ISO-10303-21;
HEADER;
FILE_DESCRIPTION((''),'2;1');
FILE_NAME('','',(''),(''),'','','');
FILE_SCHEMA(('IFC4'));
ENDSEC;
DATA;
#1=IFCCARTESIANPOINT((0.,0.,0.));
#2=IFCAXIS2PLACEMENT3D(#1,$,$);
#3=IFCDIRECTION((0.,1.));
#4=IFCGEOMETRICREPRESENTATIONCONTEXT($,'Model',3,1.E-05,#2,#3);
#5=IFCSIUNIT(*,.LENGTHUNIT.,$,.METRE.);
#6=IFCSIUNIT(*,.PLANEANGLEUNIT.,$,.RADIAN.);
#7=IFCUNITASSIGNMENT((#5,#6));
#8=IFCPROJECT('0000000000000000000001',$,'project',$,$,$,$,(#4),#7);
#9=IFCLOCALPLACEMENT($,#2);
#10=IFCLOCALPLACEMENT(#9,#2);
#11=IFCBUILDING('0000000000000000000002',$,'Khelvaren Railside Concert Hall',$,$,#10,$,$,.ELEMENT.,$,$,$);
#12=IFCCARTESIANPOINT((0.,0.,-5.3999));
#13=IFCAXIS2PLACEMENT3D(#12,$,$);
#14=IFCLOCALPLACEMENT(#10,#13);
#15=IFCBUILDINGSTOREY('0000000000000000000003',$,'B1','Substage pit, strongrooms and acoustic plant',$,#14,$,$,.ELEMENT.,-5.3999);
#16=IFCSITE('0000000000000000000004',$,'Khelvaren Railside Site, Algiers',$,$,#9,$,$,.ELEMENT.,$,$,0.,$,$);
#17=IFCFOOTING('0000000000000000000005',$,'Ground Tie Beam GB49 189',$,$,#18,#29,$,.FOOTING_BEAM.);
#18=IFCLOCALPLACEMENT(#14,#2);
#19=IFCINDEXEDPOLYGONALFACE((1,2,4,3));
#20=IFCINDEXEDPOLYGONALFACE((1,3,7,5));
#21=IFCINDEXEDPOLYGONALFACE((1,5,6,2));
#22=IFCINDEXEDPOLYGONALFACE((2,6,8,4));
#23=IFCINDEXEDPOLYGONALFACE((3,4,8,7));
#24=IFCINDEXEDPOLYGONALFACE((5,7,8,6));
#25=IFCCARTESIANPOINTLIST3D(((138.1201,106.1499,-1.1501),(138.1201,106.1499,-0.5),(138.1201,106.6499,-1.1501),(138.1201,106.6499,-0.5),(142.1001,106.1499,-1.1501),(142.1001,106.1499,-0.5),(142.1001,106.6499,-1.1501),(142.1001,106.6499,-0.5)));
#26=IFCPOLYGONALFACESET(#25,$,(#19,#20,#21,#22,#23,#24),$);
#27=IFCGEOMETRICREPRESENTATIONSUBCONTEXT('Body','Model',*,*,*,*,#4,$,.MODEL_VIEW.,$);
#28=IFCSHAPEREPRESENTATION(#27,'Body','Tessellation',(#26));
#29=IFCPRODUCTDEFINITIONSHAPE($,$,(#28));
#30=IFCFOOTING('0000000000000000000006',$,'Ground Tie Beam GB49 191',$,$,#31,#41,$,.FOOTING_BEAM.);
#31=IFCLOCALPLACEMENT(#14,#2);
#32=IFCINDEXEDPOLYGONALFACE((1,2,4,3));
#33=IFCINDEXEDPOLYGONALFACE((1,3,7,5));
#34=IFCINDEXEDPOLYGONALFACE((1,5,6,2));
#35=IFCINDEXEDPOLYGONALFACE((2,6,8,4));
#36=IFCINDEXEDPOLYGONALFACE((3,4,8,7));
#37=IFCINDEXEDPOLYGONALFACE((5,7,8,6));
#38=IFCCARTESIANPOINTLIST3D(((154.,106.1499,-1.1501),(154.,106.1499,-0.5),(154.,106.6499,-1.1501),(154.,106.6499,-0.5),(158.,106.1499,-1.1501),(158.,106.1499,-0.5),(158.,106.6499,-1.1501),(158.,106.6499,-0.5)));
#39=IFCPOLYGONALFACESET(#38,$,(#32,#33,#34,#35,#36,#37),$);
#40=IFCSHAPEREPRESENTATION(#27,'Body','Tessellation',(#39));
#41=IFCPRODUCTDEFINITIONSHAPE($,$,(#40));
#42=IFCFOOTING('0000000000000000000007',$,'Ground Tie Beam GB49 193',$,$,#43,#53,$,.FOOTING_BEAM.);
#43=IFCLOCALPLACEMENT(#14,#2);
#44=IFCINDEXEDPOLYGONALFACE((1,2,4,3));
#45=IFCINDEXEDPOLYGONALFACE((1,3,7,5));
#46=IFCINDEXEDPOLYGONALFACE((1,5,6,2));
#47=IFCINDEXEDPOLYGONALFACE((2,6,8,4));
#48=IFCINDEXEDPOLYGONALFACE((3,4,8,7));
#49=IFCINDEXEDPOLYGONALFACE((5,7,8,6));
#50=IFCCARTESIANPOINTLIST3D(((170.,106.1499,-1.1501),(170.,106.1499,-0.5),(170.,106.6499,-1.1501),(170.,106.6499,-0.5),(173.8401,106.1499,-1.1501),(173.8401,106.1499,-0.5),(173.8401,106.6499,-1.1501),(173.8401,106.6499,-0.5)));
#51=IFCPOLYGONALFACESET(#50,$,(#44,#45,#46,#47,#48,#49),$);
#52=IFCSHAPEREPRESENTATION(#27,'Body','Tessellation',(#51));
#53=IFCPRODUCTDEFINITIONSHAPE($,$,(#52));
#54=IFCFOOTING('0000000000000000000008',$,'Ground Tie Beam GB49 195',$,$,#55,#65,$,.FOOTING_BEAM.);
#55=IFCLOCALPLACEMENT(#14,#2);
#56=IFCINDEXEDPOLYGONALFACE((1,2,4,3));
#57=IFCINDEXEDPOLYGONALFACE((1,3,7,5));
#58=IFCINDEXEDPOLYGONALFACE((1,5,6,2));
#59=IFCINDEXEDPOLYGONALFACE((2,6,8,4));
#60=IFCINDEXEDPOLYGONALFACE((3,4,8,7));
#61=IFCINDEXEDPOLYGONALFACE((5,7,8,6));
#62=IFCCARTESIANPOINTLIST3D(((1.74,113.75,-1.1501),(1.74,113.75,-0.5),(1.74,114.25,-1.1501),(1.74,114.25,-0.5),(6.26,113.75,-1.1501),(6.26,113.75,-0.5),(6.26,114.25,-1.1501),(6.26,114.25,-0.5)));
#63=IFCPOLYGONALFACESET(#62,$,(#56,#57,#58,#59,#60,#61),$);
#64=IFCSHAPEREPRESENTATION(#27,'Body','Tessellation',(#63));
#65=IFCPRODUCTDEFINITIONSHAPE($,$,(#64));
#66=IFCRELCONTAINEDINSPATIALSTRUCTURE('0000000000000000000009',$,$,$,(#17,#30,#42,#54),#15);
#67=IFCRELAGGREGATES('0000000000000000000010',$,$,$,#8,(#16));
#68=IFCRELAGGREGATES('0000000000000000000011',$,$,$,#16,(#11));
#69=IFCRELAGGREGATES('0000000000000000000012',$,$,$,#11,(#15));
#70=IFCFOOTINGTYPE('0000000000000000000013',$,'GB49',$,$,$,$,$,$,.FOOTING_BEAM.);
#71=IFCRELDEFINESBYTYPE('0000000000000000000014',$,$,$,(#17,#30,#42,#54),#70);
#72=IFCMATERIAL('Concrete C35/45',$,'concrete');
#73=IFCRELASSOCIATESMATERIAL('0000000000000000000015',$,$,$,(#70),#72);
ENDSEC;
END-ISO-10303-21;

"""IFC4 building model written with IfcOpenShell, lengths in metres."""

from ifc_helpers import new_model, si_unit, direction, frame, origin, place, context, subcontext, project, spatial, polyline, outline, extrude, material, type_object, element, save


model = new_model("IFC4")

# Units and contexts
model_context = context("Model", 3, precision=1e-05, world=origin(), true_north=direction((0.0, 1.0)))
body_context = subcontext(model_context, "Body", "Model", "MODEL_VIEW")
ifc_project = project(units=[si_unit("LENGTHUNIT", "METRE"), si_unit("PLANEANGLEUNIT", "RADIAN")], contexts=[model_context])

# Site, building, storey
site_placement = place(None, origin())
site = spatial("IfcSite", under=ifc_project, at=site_placement, Name="Khelvaren Railside Site, Algiers", CompositionType="ELEMENT", RefElevation=0.0)
building_placement = place(site_placement, origin())
building = spatial("IfcBuilding", under=site, at=building_placement, Name="Khelvaren Railside Concert Hall", CompositionType="ELEMENT")
storey_placement = place(building_placement, frame((0.0, 0.0, -5.3999)))
storey = spatial("IfcBuildingStorey", under=building, at=storey_placement, Name="B1", Description="Substage pit, strongrooms and acoustic plant", CompositionType="ELEMENT", Elevation=-5.3999)

# Footings
ifc_material = material(Name="Concrete C35/45", Category="concrete")
footing_type = type_object("IfcFootingType", Name="GB49", PredefinedType="FOOTING_BEAM", material=ifc_material)
footing_1_placement = place(storey_placement, frame((0.0, 0.0, -1.1501)))
element("IfcFooting", 1, at=footing_1_placement, inside=storey, type_object=footing_type, Name="Ground Tie Beam GB49 189", PredefinedType="FOOTING_BEAM", context=body_context, shape_type="SweptSolid", body=[
    extrude(outline(polyline([(138.1201, 106.1499), (142.1001, 106.1499), (142.1001, 106.6499), (138.1201, 106.6499), (138.1201, 106.1499)])), origin(), (0.0, 0.0, 1.0), 0.6501),
])
footing_2_placement = place(storey_placement, frame((0.0, 0.0, -1.1501)))
element("IfcFooting", 2, at=footing_2_placement, inside=storey, type_object=footing_type, Name="Ground Tie Beam GB49 191", PredefinedType="FOOTING_BEAM", context=body_context, shape_type="SweptSolid", body=[
    extrude(outline(polyline([(154.0, 106.1499), (158.0, 106.1499), (158.0, 106.6499), (154.0, 106.6499), (154.0, 106.1499)])), origin(), (0.0, 0.0, 1.0), 0.6501),
])
footing_3_placement = place(storey_placement, frame((0.0, 0.0, -1.1501)))
element("IfcFooting", 3, at=footing_3_placement, inside=storey, type_object=footing_type, Name="Ground Tie Beam GB49 193", PredefinedType="FOOTING_BEAM", context=body_context, shape_type="SweptSolid", body=[
    extrude(outline(polyline([(170.0, 106.1499), (173.8401, 106.1499), (173.8401, 106.6499), (170.0, 106.6499), (170.0, 106.1499)])), origin(), (0.0, 0.0, 1.0), 0.6501),
])
footing_4_placement = place(storey_placement, frame((0.0, 0.0, -1.1501)))
element("IfcFooting", 4, at=footing_4_placement, inside=storey, type_object=footing_type, Name="Ground Tie Beam GB49 195", PredefinedType="FOOTING_BEAM", context=body_context, shape_type="SweptSolid", body=[
    extrude(outline(polyline([(1.74, 113.75), (6.26, 113.75), (6.26, 114.25), (1.74, 114.25), (1.74, 113.75)])), origin(), (0.0, 0.0, 1.0), 0.6501),
])

save(model, "model.ifc")
